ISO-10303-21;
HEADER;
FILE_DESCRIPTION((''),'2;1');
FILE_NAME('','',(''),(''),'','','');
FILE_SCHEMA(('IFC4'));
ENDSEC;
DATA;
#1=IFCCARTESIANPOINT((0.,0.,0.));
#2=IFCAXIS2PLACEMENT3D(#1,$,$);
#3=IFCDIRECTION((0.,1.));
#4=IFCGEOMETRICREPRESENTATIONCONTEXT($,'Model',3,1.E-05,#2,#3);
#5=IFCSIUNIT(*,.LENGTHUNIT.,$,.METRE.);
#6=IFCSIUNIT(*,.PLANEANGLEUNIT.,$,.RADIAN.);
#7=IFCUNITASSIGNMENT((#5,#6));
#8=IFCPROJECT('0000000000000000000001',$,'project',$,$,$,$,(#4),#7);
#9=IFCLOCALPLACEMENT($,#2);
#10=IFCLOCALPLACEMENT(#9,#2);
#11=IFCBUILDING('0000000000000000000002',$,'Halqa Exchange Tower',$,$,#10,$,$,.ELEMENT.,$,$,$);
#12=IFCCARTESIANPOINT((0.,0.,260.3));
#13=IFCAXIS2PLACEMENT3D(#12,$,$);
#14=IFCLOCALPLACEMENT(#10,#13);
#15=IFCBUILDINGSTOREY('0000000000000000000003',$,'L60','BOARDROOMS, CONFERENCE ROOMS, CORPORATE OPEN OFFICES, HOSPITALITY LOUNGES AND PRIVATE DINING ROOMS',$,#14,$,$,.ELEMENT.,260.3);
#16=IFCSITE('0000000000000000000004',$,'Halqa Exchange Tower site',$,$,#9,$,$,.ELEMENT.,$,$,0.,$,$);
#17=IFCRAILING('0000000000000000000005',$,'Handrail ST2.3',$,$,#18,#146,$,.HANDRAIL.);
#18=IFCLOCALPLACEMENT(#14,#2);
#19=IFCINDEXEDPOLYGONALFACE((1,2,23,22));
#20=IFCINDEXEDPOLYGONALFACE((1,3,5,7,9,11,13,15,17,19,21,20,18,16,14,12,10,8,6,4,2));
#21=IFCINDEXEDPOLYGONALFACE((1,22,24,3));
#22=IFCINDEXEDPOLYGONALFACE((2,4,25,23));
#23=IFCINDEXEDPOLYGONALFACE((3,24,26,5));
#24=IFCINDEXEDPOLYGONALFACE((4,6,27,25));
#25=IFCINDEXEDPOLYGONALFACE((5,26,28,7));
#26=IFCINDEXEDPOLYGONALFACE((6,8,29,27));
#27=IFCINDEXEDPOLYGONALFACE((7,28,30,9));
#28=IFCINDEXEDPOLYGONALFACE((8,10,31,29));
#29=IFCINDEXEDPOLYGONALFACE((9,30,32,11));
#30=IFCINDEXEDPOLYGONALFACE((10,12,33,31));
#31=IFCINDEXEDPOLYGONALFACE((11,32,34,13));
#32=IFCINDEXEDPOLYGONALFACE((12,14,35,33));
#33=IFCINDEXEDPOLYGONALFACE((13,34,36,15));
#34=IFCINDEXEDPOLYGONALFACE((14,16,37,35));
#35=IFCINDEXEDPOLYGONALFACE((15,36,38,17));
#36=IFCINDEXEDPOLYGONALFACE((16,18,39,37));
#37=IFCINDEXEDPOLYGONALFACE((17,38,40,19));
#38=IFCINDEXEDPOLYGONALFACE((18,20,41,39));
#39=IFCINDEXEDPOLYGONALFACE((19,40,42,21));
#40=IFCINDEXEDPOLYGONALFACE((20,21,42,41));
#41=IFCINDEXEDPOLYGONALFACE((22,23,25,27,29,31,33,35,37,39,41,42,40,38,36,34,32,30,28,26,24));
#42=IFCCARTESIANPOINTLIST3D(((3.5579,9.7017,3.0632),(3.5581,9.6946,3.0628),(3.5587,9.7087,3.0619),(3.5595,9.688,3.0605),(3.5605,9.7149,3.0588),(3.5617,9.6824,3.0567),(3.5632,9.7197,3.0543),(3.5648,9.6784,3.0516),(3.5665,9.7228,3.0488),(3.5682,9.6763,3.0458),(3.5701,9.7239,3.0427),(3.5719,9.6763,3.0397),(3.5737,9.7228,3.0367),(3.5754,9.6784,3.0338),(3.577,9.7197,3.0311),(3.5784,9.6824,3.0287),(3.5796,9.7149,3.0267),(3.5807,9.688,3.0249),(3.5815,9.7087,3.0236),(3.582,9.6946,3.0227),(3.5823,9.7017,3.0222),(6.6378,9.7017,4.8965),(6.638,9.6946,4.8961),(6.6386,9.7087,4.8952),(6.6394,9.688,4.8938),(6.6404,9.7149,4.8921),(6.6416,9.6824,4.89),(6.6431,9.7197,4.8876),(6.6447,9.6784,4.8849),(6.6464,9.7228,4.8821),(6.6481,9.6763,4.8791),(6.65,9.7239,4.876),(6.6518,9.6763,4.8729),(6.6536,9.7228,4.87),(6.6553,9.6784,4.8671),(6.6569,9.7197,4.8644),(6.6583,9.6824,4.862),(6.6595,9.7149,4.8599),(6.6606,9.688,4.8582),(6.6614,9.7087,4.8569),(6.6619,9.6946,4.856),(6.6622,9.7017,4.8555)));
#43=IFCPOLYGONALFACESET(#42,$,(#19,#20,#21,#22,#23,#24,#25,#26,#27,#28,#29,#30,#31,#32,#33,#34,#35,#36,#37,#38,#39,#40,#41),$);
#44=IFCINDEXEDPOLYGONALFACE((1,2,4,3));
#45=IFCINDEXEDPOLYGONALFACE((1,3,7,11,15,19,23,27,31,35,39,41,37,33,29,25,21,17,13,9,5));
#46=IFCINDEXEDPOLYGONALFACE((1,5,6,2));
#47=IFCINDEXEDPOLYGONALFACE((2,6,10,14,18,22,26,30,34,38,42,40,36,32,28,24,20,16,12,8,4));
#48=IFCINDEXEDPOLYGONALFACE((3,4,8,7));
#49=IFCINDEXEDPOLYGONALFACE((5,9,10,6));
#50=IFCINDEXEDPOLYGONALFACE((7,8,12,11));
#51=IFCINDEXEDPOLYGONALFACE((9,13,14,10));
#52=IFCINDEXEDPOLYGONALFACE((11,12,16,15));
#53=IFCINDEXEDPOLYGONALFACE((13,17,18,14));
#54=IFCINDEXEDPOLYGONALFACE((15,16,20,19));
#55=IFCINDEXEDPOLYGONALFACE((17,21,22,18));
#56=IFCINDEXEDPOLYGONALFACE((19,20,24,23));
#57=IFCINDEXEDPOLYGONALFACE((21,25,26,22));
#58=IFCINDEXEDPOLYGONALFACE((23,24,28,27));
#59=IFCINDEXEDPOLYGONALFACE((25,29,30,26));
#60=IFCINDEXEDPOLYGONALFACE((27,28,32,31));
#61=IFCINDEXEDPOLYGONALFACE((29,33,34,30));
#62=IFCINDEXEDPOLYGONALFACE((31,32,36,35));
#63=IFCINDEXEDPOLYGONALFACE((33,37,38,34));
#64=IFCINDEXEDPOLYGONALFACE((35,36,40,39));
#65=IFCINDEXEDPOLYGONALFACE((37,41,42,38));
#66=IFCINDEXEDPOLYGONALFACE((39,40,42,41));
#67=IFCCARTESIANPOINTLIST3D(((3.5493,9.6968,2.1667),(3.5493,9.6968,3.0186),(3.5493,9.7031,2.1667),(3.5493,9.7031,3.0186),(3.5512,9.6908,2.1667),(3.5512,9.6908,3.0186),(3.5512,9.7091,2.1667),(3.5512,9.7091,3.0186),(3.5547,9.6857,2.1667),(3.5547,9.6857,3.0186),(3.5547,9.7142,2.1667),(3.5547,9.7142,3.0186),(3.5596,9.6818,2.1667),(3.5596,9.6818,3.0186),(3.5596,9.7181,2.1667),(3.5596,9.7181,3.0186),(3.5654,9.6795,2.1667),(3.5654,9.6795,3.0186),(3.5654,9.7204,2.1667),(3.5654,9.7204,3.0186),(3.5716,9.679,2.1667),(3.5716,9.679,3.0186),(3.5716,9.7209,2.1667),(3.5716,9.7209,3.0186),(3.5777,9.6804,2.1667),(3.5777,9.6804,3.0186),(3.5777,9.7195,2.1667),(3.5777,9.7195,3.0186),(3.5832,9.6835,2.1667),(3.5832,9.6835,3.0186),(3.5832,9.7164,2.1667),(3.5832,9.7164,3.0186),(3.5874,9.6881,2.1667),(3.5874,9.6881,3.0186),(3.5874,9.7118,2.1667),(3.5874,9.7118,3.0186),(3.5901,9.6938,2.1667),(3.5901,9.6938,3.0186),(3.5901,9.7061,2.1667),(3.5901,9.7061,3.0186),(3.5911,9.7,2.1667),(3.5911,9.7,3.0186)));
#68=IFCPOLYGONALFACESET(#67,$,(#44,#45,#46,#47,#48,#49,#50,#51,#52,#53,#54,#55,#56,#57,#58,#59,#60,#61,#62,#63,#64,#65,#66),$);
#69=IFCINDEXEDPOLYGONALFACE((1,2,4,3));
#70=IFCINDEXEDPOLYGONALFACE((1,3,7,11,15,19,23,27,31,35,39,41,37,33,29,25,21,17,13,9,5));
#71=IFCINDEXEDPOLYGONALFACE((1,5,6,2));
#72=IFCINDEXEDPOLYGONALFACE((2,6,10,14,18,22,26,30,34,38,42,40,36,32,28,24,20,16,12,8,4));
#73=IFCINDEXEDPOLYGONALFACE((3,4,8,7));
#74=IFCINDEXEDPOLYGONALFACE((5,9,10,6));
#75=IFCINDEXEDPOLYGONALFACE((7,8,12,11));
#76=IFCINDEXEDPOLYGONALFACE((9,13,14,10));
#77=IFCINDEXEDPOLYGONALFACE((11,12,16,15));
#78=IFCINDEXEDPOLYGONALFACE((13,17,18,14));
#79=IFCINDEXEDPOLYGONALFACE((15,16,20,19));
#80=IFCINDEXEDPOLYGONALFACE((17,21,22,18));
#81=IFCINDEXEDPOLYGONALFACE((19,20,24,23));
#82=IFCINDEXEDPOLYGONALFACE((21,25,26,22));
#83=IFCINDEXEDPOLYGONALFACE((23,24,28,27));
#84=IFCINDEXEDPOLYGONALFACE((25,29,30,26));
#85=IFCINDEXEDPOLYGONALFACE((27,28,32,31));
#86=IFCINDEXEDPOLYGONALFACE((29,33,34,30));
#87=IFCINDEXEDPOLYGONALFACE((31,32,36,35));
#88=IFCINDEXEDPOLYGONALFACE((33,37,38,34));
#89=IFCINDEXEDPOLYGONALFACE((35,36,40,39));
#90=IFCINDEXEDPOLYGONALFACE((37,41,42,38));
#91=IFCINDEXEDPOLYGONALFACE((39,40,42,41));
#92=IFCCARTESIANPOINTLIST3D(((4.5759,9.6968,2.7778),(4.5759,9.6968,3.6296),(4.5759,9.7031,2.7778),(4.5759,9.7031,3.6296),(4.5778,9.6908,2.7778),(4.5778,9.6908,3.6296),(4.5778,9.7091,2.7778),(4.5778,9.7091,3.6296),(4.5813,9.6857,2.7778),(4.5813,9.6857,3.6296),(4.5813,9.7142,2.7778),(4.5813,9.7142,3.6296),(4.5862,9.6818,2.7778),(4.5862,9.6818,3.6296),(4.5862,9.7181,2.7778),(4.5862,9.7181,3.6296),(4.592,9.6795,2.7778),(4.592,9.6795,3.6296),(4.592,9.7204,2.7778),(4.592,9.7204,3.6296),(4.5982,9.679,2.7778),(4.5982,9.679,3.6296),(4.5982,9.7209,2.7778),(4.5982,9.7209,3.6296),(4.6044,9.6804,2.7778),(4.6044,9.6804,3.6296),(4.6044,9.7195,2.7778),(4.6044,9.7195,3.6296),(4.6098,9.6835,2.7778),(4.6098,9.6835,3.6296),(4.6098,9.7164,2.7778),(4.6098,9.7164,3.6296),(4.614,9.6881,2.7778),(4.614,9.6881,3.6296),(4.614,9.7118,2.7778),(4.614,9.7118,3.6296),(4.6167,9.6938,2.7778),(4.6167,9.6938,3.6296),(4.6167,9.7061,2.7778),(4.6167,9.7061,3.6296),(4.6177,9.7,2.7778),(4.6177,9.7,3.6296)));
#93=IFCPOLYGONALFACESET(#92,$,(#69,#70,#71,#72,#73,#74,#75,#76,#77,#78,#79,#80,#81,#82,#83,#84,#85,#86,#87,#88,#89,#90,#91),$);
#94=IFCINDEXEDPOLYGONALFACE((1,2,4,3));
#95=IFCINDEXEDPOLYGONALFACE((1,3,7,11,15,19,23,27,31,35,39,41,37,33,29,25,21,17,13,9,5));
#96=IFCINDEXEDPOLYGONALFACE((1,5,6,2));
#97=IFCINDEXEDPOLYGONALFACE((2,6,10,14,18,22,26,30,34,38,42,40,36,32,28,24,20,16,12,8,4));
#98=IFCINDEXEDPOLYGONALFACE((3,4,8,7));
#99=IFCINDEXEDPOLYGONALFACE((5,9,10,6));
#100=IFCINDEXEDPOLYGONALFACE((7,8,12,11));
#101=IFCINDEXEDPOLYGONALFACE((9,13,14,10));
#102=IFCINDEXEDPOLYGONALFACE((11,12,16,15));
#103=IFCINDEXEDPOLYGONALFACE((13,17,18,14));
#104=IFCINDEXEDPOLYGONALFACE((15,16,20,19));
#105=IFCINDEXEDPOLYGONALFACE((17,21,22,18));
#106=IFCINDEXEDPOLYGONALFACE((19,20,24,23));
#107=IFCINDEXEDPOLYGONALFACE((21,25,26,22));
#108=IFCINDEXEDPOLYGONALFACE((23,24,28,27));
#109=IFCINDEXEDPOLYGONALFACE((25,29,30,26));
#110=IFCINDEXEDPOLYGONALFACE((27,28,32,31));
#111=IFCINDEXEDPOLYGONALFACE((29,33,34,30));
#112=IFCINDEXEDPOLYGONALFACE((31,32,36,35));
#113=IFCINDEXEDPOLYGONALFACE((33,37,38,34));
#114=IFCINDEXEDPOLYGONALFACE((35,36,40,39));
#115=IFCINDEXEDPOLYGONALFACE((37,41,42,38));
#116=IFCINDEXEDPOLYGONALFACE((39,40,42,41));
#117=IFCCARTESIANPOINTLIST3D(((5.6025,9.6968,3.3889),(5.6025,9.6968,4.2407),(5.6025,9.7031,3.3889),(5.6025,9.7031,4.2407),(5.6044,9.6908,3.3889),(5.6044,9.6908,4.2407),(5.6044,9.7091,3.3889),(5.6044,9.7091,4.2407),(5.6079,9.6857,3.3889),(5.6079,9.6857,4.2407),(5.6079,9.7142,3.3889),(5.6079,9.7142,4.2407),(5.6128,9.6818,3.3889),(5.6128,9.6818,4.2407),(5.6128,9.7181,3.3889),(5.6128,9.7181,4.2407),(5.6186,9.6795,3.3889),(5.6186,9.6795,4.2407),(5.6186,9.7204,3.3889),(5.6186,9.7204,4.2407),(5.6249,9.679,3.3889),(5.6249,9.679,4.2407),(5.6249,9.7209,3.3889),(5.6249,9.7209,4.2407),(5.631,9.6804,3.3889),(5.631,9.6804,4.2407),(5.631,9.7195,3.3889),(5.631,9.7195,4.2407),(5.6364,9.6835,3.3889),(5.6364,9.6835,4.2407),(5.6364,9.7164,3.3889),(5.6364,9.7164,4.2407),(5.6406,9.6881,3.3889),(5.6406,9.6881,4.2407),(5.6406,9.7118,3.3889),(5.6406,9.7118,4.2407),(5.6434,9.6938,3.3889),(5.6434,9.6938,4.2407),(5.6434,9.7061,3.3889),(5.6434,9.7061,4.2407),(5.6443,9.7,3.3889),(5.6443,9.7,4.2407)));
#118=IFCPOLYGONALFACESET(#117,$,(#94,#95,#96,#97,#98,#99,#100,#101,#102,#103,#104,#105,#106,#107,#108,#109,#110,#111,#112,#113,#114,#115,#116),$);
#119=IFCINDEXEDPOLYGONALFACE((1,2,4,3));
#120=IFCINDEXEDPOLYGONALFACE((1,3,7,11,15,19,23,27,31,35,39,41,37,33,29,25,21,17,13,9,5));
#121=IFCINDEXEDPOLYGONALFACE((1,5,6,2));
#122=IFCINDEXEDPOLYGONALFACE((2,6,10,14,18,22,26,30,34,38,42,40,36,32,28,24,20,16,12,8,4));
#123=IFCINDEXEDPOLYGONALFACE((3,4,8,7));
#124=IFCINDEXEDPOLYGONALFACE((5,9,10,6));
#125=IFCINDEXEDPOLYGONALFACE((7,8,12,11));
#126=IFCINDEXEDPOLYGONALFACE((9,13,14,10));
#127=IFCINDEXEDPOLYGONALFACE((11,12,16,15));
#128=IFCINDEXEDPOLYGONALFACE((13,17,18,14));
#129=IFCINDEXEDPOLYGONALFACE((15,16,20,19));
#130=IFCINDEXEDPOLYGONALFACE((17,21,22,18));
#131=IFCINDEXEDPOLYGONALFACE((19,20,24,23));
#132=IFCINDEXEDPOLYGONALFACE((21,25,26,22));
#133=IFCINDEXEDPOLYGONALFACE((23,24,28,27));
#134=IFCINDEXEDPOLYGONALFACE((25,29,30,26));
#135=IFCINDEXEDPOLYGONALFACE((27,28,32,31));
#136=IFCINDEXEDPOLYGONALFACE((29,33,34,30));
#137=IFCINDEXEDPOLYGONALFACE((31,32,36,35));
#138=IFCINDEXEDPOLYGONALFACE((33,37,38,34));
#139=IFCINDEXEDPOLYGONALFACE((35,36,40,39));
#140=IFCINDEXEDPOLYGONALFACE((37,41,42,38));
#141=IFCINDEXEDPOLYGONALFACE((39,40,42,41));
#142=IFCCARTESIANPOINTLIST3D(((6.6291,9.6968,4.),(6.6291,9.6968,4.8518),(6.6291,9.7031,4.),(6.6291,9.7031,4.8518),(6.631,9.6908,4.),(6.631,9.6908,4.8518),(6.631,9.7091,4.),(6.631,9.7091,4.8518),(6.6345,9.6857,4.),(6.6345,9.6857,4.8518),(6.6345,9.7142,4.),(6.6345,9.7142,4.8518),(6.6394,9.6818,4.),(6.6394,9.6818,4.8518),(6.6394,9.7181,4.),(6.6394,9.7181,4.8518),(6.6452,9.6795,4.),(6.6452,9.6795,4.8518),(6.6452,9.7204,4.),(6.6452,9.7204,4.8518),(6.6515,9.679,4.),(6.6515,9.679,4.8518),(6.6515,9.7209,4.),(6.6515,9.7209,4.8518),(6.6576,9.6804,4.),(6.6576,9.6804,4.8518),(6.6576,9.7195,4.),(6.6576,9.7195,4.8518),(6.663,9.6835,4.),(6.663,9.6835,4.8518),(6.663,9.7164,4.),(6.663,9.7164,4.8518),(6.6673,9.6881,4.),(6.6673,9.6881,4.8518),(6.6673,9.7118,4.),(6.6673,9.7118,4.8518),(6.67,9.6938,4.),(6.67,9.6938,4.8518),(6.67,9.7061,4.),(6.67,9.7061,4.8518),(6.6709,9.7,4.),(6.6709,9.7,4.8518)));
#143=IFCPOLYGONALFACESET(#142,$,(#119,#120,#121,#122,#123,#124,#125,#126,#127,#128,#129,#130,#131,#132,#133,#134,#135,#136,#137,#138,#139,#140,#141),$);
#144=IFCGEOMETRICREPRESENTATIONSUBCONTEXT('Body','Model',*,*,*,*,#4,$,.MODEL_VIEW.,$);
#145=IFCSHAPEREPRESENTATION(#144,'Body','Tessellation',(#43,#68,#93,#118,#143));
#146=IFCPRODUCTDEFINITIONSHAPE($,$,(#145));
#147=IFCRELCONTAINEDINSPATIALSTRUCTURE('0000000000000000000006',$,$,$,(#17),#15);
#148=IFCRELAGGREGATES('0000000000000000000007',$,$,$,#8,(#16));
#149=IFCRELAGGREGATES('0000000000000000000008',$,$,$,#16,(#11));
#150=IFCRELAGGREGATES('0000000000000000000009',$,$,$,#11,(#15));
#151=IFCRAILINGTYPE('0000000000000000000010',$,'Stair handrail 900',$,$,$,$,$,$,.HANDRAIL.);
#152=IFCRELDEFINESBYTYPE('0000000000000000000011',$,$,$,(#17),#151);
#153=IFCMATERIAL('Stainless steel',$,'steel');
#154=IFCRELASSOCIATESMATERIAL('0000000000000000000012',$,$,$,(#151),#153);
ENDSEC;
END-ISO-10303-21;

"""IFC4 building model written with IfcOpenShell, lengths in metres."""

from ifc_helpers import new_model, si_unit, direction, frame, origin, origin_2d, place, context, subcontext, project, spatial, circle, extrude, material, type_object, element, save


model = new_model("IFC4")

# Units and contexts
model_context = context("Model", 3, precision=1e-05, world=origin(), true_north=direction((0.0, 1.0)))
body_context = subcontext(model_context, "Body", "Model", "MODEL_VIEW")
ifc_project = project(units=[si_unit("LENGTHUNIT", "METRE"), si_unit("PLANEANGLEUNIT", "RADIAN")], contexts=[model_context])

# Site, building, storey
site_placement = place(None, origin())
site = spatial("IfcSite", under=ifc_project, at=site_placement, Name="Halqa Exchange Tower site", CompositionType="ELEMENT", RefElevation=0.0)
building_placement = place(site_placement, origin())
building = spatial("IfcBuilding", under=site, at=building_placement, Name="Halqa Exchange Tower", CompositionType="ELEMENT")
storey_placement = place(building_placement, frame((0.0, 0.0, 260.3)))
storey = spatial("IfcBuildingStorey", under=building, at=storey_placement, Name="L60", Description="BOARDROOMS, CONFERENCE ROOMS, CORPORATE OPEN OFFICES, HOSPITALITY LOUNGES AND PRIVATE DINING ROOMS", CompositionType="ELEMENT", Elevation=260.3)

# Railing
ifc_material_1 = material(Name="Stainless steel", Category="steel")
railing_type_1 = type_object("IfcRailingType", Name="Stair handrail 900", PredefinedType="HANDRAIL", material=ifc_material_1)
railing_1_placement = place(storey_placement, frame((3.5701, 9.7, 2.1667)))
element("IfcRailing", 1, at=railing_1_placement, inside=storey, type_object=railing_type_1, Name="Handrail ST2.3", PredefinedType="HANDRAIL", context=body_context, shape_type="SweptSolid", body=[
    extrude(circle(Radius=0.0239, at=origin_2d()), frame((0.0, 0.0, 0.876), z_axis=(0.859291, 0.0, 0.511487), x_axis=(0.0, 1.0, 0.0)), (0.0, 0.0, 1.0), 3.5842),
    extrude(circle(Radius=0.021, at=origin_2d()), origin(), (0.0, 0.0, 1.0), 0.8518),
    extrude(circle(Radius=0.021, at=origin_2d()), frame((1.0266, 0.0, 0.6111)), (0.0, 0.0, 1.0), 0.8518),
    extrude(circle(Radius=0.021, at=origin_2d()), frame((2.0532, 0.0, 1.2222)), (0.0, 0.0, 1.0), 0.8518),
    extrude(circle(Radius=0.021, at=origin_2d()), frame((3.0798, 0.0, 1.8333)), (0.0, 0.0, 1.0), 0.8518),
])

save(model, "model.ifc")
